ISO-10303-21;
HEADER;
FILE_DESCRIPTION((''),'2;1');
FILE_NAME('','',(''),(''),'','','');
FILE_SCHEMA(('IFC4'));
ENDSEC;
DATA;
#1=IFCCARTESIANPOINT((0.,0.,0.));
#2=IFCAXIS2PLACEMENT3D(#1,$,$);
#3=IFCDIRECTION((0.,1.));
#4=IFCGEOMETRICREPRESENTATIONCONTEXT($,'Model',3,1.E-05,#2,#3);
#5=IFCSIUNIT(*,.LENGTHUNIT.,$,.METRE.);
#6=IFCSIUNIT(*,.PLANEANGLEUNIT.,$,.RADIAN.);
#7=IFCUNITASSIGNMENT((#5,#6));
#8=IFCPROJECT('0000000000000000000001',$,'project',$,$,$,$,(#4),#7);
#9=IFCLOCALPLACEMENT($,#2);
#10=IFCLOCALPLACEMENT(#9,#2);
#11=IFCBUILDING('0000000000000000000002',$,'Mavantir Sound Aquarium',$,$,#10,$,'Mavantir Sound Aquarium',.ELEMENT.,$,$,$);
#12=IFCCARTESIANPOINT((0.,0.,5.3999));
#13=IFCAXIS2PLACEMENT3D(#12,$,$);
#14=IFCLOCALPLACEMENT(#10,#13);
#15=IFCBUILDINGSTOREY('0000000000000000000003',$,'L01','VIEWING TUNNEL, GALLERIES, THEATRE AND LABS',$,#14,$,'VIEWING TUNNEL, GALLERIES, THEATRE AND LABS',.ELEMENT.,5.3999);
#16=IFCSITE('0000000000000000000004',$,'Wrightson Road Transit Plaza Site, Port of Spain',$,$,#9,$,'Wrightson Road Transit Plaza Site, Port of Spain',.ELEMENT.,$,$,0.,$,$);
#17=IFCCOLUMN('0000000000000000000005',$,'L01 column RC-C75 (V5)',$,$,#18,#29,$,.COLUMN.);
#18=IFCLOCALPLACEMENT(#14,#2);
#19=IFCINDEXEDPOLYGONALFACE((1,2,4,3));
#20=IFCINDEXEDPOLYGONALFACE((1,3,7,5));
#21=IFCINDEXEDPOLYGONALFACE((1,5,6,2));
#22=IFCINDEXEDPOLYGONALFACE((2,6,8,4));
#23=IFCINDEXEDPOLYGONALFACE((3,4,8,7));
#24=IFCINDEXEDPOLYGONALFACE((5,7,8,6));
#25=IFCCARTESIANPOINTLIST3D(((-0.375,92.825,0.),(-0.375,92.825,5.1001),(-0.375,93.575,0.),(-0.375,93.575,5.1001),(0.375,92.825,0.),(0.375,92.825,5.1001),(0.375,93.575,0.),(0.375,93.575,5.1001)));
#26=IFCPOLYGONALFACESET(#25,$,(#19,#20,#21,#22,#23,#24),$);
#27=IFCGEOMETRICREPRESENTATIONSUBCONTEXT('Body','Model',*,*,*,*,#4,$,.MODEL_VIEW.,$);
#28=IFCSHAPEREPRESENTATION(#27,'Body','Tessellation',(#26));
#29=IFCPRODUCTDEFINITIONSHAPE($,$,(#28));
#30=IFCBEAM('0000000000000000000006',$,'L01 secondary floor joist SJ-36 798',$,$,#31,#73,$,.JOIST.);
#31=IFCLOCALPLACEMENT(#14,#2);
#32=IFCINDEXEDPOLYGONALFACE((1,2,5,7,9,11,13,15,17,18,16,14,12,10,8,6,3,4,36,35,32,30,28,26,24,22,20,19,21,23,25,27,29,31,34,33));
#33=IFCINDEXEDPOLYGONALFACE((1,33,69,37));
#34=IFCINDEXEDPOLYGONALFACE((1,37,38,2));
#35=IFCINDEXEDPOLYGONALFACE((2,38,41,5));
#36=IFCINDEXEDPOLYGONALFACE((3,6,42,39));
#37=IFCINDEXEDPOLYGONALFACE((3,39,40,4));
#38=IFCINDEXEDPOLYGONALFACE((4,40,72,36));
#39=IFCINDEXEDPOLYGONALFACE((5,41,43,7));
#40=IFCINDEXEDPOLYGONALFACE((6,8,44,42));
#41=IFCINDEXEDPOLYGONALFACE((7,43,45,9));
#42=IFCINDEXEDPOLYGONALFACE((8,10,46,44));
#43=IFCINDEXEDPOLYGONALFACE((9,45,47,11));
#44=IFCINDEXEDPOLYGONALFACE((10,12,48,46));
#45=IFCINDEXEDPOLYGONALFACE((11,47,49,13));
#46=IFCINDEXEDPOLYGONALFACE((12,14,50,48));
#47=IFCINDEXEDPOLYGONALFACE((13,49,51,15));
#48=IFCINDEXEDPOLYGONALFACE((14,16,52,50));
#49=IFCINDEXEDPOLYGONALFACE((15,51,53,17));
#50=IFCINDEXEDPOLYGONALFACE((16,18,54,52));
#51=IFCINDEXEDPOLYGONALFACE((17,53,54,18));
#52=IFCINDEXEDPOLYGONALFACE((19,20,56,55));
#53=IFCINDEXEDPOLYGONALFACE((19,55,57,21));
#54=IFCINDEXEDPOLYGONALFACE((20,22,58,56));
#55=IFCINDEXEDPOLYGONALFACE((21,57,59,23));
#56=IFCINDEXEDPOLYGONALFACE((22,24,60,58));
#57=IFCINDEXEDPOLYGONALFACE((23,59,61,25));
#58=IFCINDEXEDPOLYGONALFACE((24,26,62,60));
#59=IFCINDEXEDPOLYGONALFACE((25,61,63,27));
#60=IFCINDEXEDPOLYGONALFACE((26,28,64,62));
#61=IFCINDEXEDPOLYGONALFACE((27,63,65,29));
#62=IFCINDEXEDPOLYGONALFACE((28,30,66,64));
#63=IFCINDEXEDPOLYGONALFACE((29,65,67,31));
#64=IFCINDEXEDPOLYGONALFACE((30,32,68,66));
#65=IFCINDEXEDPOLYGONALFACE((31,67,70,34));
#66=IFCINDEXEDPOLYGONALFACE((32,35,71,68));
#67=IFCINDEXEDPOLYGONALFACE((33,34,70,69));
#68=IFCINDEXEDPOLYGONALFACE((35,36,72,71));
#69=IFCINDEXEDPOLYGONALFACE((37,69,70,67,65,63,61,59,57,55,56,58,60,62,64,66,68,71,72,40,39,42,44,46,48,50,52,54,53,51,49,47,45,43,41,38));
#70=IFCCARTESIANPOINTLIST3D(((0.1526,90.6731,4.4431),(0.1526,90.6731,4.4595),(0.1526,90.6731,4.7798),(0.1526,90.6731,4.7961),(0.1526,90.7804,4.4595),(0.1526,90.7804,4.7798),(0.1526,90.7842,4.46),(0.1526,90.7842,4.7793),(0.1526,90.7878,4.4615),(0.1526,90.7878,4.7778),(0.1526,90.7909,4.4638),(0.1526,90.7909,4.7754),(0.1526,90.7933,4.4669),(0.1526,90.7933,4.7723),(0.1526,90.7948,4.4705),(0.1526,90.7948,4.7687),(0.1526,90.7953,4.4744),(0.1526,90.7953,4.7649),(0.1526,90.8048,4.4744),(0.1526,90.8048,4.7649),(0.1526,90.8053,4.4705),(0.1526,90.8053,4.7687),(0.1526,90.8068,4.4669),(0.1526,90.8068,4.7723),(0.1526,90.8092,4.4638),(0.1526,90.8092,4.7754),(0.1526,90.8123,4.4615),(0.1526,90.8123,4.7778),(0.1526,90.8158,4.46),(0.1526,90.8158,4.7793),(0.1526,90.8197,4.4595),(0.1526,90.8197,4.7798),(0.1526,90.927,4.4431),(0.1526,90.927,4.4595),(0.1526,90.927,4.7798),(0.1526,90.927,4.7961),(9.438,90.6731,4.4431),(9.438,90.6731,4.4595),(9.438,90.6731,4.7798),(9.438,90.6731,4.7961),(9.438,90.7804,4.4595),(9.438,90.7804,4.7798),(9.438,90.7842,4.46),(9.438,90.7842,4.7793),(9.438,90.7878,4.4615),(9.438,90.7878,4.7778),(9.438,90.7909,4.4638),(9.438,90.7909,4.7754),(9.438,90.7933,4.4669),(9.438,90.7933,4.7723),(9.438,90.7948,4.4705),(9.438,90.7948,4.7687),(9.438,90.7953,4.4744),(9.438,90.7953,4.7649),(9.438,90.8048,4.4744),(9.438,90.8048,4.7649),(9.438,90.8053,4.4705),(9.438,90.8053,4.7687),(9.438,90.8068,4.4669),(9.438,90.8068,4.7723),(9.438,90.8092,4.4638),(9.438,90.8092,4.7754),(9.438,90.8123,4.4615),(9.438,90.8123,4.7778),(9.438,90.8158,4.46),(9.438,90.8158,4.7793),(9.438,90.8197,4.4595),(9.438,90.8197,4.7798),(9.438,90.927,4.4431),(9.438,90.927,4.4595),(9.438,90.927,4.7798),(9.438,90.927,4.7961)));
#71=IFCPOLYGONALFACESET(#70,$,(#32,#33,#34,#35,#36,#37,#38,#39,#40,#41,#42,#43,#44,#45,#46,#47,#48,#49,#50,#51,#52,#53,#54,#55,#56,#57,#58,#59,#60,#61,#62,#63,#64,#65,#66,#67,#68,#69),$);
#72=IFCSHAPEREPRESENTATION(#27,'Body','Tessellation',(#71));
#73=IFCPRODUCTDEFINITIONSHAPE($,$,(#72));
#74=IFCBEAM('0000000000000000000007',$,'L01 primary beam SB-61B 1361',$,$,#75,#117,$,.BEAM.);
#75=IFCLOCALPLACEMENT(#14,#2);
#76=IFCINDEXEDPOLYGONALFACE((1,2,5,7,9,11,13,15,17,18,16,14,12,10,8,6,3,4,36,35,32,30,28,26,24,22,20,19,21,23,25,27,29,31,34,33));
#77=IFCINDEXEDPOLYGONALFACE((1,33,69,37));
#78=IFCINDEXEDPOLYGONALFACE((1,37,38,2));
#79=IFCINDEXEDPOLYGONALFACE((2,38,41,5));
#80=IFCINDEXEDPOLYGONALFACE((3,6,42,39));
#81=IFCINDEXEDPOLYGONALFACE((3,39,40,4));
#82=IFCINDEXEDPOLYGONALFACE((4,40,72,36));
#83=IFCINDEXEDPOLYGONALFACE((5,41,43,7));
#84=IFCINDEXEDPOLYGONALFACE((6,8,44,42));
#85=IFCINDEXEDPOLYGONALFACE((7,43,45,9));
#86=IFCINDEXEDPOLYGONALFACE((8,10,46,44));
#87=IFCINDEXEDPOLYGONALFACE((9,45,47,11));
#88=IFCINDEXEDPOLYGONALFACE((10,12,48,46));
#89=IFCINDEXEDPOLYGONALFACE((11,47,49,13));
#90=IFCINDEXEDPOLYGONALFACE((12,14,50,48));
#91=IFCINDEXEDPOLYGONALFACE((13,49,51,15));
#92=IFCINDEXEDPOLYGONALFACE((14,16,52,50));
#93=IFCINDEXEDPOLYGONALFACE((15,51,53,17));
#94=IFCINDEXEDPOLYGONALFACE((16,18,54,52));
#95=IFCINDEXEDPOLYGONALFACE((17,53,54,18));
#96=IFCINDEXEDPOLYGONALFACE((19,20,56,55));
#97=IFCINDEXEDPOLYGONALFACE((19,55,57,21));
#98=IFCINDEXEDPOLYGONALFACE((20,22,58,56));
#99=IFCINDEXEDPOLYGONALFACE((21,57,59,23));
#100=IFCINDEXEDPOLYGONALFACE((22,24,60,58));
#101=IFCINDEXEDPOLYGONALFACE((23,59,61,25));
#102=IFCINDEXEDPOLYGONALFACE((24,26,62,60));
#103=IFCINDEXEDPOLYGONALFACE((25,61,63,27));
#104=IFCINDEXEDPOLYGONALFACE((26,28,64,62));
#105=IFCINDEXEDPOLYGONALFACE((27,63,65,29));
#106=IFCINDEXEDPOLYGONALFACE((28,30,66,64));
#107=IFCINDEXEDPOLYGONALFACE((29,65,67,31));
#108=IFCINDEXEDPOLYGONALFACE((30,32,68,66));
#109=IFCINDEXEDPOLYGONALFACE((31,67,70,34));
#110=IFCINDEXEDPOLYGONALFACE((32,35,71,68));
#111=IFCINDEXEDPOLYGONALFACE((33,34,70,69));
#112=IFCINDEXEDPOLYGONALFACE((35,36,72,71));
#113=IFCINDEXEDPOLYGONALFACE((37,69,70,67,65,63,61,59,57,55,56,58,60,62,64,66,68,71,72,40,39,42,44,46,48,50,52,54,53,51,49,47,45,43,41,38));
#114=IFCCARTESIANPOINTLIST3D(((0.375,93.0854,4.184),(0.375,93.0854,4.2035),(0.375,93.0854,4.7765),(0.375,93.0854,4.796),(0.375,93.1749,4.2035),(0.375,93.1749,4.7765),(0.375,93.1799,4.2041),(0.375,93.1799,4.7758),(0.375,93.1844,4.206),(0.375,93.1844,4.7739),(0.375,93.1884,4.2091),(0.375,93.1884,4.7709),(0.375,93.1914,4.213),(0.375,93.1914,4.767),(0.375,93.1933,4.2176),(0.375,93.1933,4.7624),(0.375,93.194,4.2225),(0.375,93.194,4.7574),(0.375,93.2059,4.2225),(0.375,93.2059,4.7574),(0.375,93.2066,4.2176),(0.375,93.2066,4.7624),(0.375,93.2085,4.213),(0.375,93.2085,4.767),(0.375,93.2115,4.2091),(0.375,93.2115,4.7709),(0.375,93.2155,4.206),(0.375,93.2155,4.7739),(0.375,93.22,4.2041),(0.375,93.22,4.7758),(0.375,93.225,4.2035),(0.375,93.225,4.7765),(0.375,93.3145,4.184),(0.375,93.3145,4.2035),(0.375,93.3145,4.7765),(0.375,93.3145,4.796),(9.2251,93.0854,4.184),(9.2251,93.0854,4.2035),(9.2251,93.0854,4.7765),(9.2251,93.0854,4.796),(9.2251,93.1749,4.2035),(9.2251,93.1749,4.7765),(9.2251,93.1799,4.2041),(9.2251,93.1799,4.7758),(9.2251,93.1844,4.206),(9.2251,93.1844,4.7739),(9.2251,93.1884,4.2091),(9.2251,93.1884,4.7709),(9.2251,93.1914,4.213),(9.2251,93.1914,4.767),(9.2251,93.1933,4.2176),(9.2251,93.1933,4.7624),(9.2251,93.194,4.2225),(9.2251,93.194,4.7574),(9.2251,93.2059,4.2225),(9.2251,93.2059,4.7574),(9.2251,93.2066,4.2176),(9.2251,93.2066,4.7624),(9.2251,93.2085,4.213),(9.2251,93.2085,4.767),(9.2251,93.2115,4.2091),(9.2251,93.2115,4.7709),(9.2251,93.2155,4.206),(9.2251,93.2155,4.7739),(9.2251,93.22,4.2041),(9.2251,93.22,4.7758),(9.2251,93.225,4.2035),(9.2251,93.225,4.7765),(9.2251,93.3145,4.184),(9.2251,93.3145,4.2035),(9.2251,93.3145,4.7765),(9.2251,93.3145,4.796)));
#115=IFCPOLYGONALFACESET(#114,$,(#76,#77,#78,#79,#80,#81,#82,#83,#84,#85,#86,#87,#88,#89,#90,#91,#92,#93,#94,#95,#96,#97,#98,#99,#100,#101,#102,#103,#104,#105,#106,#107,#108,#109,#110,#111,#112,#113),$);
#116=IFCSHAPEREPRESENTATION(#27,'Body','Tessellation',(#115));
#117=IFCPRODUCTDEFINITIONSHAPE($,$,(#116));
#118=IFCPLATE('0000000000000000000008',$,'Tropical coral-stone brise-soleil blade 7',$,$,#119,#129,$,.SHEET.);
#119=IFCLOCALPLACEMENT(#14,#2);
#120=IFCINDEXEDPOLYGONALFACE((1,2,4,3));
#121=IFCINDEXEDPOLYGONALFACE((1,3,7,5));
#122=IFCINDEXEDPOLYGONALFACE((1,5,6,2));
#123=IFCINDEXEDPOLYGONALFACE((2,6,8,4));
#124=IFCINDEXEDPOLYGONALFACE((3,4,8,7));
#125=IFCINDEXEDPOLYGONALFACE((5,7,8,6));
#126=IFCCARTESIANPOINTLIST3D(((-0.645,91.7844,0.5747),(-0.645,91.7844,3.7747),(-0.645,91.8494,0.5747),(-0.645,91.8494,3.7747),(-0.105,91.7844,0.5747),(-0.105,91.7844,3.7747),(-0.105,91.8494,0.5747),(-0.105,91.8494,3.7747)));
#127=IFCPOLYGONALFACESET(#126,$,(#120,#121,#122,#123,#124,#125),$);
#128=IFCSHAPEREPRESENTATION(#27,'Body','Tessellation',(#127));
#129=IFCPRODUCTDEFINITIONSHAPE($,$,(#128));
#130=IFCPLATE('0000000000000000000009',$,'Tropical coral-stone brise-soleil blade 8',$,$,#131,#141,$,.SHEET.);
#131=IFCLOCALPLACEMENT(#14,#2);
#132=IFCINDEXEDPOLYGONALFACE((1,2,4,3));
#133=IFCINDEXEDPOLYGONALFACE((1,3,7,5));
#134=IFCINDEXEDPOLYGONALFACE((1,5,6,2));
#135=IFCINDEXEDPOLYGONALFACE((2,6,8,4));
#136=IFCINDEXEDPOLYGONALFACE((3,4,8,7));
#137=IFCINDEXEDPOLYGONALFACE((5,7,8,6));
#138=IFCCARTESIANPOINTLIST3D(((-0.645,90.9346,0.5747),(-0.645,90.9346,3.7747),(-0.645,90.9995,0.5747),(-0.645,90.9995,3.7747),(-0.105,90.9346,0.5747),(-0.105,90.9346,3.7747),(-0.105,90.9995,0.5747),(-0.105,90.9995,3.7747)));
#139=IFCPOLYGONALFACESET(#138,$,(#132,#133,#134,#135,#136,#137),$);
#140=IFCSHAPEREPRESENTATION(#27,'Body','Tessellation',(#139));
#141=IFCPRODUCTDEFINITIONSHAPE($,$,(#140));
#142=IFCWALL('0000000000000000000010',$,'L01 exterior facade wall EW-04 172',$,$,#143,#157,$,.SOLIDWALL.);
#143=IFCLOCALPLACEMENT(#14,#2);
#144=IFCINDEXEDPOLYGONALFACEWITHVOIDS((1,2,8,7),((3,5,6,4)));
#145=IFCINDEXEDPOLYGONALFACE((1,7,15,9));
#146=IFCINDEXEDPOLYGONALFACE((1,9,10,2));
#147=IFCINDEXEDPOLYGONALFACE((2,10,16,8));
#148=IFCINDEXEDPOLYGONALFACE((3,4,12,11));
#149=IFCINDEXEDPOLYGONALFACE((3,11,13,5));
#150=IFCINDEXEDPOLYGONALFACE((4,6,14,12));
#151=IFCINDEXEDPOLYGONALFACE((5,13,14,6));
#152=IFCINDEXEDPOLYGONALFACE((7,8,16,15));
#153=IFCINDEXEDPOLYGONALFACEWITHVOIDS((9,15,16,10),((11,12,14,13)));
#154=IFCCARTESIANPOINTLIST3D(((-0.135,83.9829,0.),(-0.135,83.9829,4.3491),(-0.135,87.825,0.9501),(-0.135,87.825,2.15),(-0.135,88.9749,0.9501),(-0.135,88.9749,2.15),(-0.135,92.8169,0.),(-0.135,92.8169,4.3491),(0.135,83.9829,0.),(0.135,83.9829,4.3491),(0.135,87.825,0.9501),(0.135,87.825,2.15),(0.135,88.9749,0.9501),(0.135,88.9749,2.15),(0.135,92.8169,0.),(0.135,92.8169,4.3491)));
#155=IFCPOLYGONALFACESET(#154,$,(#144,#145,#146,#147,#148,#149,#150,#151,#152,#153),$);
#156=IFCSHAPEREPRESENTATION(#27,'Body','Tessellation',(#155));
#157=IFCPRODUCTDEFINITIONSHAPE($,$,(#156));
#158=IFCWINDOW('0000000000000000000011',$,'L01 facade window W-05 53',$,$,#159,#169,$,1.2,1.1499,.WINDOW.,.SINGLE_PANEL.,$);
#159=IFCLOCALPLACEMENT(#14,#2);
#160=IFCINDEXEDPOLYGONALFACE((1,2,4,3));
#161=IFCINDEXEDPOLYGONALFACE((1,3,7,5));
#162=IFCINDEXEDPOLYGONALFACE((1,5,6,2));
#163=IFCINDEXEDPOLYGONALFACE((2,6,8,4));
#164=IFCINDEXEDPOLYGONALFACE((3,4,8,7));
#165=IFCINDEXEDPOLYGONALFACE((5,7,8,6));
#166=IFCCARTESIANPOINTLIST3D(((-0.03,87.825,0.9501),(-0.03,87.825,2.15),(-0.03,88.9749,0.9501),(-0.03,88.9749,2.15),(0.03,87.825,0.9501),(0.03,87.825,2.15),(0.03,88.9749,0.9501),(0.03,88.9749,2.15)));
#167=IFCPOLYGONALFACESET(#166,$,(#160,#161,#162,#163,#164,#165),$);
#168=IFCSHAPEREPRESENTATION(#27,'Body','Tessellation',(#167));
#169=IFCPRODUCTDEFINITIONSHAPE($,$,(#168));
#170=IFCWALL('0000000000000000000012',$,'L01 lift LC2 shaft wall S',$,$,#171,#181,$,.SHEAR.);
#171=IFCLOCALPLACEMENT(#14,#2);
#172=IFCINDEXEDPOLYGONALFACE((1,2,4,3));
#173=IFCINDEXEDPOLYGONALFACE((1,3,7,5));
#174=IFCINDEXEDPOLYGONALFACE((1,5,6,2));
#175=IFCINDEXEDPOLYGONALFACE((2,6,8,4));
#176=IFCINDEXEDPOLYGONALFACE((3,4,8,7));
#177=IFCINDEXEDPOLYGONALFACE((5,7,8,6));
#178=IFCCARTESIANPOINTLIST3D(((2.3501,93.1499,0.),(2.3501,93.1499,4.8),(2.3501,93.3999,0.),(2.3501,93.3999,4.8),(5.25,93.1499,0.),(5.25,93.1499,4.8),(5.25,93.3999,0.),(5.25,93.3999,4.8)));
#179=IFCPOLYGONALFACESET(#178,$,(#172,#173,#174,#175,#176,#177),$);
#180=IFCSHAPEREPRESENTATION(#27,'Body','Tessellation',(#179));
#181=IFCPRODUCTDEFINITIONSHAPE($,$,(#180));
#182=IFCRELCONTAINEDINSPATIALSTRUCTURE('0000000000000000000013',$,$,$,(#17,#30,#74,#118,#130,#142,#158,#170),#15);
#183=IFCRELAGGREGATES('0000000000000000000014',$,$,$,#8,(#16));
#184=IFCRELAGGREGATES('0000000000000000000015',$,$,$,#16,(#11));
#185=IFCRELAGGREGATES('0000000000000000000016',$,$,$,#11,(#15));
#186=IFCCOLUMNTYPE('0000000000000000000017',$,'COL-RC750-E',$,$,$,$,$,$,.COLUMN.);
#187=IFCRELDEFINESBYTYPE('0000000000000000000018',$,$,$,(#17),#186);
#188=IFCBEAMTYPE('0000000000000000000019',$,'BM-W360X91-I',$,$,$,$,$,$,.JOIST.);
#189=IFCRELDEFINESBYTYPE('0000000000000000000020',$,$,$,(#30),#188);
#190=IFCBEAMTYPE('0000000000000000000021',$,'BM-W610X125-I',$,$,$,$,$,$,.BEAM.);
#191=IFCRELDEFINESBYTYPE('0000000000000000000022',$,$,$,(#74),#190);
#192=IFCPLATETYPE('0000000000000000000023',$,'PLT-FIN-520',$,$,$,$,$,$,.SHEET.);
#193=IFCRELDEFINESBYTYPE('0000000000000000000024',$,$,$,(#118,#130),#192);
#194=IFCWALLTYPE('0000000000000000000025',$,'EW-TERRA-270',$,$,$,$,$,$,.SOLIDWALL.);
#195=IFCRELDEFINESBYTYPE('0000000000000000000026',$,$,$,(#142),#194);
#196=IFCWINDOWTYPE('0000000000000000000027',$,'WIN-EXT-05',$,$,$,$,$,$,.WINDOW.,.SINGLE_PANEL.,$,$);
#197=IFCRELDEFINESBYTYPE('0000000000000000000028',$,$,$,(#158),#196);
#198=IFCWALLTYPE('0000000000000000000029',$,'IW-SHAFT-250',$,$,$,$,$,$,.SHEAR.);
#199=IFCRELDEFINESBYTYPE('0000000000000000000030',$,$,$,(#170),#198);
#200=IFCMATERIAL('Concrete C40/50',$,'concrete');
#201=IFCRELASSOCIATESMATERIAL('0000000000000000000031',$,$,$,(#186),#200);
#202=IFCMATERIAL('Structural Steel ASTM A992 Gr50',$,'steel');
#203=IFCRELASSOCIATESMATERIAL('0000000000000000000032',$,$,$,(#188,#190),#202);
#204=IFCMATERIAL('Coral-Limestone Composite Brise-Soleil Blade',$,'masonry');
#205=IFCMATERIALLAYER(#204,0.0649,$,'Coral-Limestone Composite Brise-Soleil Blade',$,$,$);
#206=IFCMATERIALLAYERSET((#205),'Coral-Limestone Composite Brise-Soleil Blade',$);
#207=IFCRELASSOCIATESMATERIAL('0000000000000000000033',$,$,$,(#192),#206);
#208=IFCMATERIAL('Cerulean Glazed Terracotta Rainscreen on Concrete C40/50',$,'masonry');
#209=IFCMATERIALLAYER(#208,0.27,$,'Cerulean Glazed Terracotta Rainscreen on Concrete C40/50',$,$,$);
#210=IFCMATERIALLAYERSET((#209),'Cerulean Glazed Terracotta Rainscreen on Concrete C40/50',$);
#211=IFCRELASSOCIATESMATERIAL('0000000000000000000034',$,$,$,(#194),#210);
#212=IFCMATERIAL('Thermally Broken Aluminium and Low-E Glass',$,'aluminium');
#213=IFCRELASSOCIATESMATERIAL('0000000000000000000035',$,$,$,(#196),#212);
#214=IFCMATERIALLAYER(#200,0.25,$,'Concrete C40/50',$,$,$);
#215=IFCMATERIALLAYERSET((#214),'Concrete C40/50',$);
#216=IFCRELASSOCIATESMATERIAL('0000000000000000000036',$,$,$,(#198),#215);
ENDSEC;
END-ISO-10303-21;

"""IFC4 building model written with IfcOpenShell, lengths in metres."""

from ifc_helpers import new_model, si_unit, direction, frame, frame_2d, origin, origin_2d, place, context, subcontext, project, spatial, rectangle, i_section, extrude, material, layer, layer_set, material_profile, profile_set, type_object, element, fill, save


model = new_model("IFC4")

# Units and contexts
model_context = context("Model", 3, precision=1e-05, world=origin(), true_north=direction((0.0, 1.0)))
body_context = subcontext(model_context, "Body", "Model", "MODEL_VIEW")
ifc_project = project(units=[si_unit("LENGTHUNIT", "METRE"), si_unit("PLANEANGLEUNIT", "RADIAN")], contexts=[model_context])

# Site, building, storey
site_placement = place(None, origin())
site = spatial("IfcSite", under=ifc_project, at=site_placement, Name="Wrightson Road Transit Plaza Site, Port of Spain", LongName="Wrightson Road Transit Plaza Site, Port of Spain", CompositionType="ELEMENT", RefElevation=0.0)
building_placement = place(site_placement, origin())
building = spatial("IfcBuilding", under=site, at=building_placement, Name="Mavantir Sound Aquarium", LongName="Mavantir Sound Aquarium", CompositionType="ELEMENT")
storey_placement = place(building_placement, frame((0.0, 0.0, 5.3999)))
storey = spatial("IfcBuildingStorey", under=building, at=storey_placement, Name="L01", Description="VIEWING TUNNEL, GALLERIES, THEATRE AND LABS", LongName="VIEWING TUNNEL, GALLERIES, THEATRE AND LABS", CompositionType="ELEMENT", Elevation=5.3999)

# Column
ifc_material_1 = material(Name="Concrete C40/50", Category="concrete")
ifc_material_profile_1 = material_profile(ifc_material_1, rectangle(XDim=0.75, YDim=0.75, at=origin_2d()), Name="RC 750X750")
ifc_profile_set_1 = profile_set([ifc_material_profile_1], Name="Concrete C40/50")
column_type = type_object("IfcColumnType", Name="COL-RC750-E", PredefinedType="COLUMN", material=ifc_profile_set_1)
column_placement = place(storey_placement, frame((0.0, 93.2, 0.0), z_axis=(0.0, 0.0, 1.0), x_axis=(1.0, 0.0, 0.0)))
element("IfcColumn", 1, at=column_placement, inside=storey, type_object=column_type, Name="L01 column RC-C75 (V5)", PredefinedType="COLUMN", context=body_context, shape_type="SweptSolid", body=[
    extrude(rectangle(XDim=0.75, YDim=0.75, at=origin_2d()), origin(), (0.0, 0.0, 1.0), 5.1001),
])

# Beams
ifc_material_2 = material(Name="Structural Steel ASTM A992 Gr50", Category="steel")
ifc_material_profile_2 = material_profile(ifc_material_2, i_section(OverallWidth=0.2539, OverallDepth=0.353, WebThickness=0.0095, FlangeThickness=0.0164, FilletRadius=0.0149, at=origin_2d()), Name="W360X91")
ifc_profile_set_2 = profile_set([ifc_material_profile_2], Name="Structural Steel ASTM A992 Gr50")
beam_type_1 = type_object("IfcBeamType", Name="BM-W360X91-I", PredefinedType="JOIST", material=ifc_profile_set_2)
beam_1_placement = place(storey_placement, frame((0.1526, 90.8, 4.6196), z_axis=(1.0, 0.0, 0.0), x_axis=(0.0, 1.0, 0.0)))
element("IfcBeam", 2, at=beam_1_placement, inside=storey, type_object=beam_type_1, Name="L01 secondary floor joist SJ-36 798", PredefinedType="JOIST", context=body_context, shape_type="SweptSolid", body=[
    extrude(i_section(OverallWidth=0.2539, OverallDepth=0.353, WebThickness=0.0095, FlangeThickness=0.0164, FilletRadius=0.0149, at=origin_2d()), origin(), (0.0, 0.0, 1.0), 9.2854),
])
ifc_material_profile_3 = material_profile(ifc_material_2, i_section(OverallWidth=0.229, OverallDepth=0.6121, WebThickness=0.012, FlangeThickness=0.0195, FilletRadius=0.019, at=origin_2d()), Name="W610X125")
ifc_profile_set_3 = profile_set([ifc_material_profile_3], Name="Structural Steel ASTM A992 Gr50")
beam_type_2 = type_object("IfcBeamType", Name="BM-W610X125-I", PredefinedType="BEAM", material=ifc_profile_set_3)
beam_2_placement = place(storey_placement, frame((0.375, 93.2, 4.49), z_axis=(1.0, 0.0, 0.0), x_axis=(0.0, 1.0, 0.0)))
element("IfcBeam", 3, at=beam_2_placement, inside=storey, type_object=beam_type_2, Name="L01 primary beam SB-61B 1361", PredefinedType="BEAM", context=body_context, shape_type="SweptSolid", body=[
    extrude(i_section(OverallWidth=0.229, OverallDepth=0.6121, WebThickness=0.012, FlangeThickness=0.0195, FilletRadius=0.019, at=origin_2d()), origin(), (0.0, 0.0, 1.0), 8.8501),
])

# Plates
ifc_material_3 = material(Name="Coral-Limestone Composite Brise-Soleil Blade", Category="masonry")
ifc_layer_1 = layer(ifc_material_3, 0.0649, Name="Coral-Limestone Composite Brise-Soleil Blade")
ifc_layer_set_1 = layer_set([ifc_layer_1], Name="Coral-Limestone Composite Brise-Soleil Blade")
plate_type = type_object("IfcPlateType", Name="PLT-FIN-520", PredefinedType="SHEET", material=ifc_layer_set_1)
for number, where, z_axis, x_axis, name in (
    (4, (-0.375, 91.8169, 0.5747), (0.0, 0.0, 1.0), (0.0, 1.0, 0.0), "Tropical coral-stone brise-soleil blade 7"),
    (5, (-0.375, 90.967, 0.5747), (0.0, 0.0, 1.0), (0.0, 1.0, 0.0), "Tropical coral-stone brise-soleil blade 8"),
):
    element("IfcPlate", number, at=place(storey_placement, frame(where, z_axis=z_axis, x_axis=x_axis)), inside=storey, type_object=plate_type, Name=name, PredefinedType="SHEET", context=body_context, shape_type="SweptSolid", body=[
        extrude(rectangle(XDim=0.0649, YDim=0.54, at=origin_2d()), origin(), (0.0, 0.0, 1.0), 3.2),
    ])

# Wall, opening, window
ifc_material_4 = material(Name="Cerulean Glazed Terracotta Rainscreen on Concrete C40/50", Category="masonry")
ifc_layer_2 = layer(ifc_material_4, 0.27, Name="Cerulean Glazed Terracotta Rainscreen on Concrete C40/50")
ifc_layer_set_2 = layer_set([ifc_layer_2], Name="Cerulean Glazed Terracotta Rainscreen on Concrete C40/50")
wall_type_1 = type_object("IfcWallType", Name="EW-TERRA-270", PredefinedType="SOLIDWALL", material=ifc_layer_set_2)
wall_1_placement = place(storey_placement, frame((0.0, 92.8169, 0.0), z_axis=(0.0, 0.0, 1.0), x_axis=(0.0, -1.0, 0.0)))
wall_1 = element("IfcWall", 6, at=wall_1_placement, inside=storey, type_object=wall_type_1, Name="L01 exterior facade wall EW-04 172", PredefinedType="SOLIDWALL", context=body_context, shape_type="SweptSolid", body=[
    extrude(rectangle(XDim=8.834, YDim=0.27, at=frame_2d((4.417, 0.0))), origin(), (0.0, 0.0, 1.0), 4.3491),
])
opening_placement = place(wall_1_placement, frame((3.842, 0.0, 0.95)))
opening = element("IfcOpeningElement", 7, at=opening_placement, cuts=wall_1, PredefinedType="OPENING", context=body_context, shape_type="SweptSolid", body=[
    extrude(rectangle(XDim=1.1499, YDim=1.2, at=frame_2d((0.575, 0.6001))), frame((0.0, 0.145, 0.0), z_axis=(0.0, -1.0, 0.0), x_axis=(1.0, 0.0, 0.0)), (0.0, 0.0, 1.0), 0.29),
])
ifc_material_5 = material(Name="Thermally Broken Aluminium and Low-E Glass", Category="aluminium")
window_type = type_object("IfcWindowType", Name="WIN-EXT-05", PartitioningType="SINGLE_PANEL", PredefinedType="WINDOW", material=ifc_material_5)
window_placement = place(opening_placement, origin())
window = element("IfcWindow", 8, at=window_placement, inside=storey, type_object=window_type, Name="L01 facade window W-05 53", OverallHeight=1.2, OverallWidth=1.1499, PartitioningType="SINGLE_PANEL", PredefinedType="WINDOW", context=body_context, shape_type="SweptSolid", body=[
    extrude(rectangle(XDim=1.1499, YDim=1.2, at=frame_2d((0.575, 0.6001))), frame((0.0, 0.03, 0.0), z_axis=(0.0, -1.0, 0.0), x_axis=(1.0, 0.0, 0.0)), (0.0, 0.0, 1.0), 0.0601),
])
fill(opening, window)

# Wall
ifc_layer_3 = layer(ifc_material_1, 0.25, Name="Concrete C40/50")
ifc_layer_set_3 = layer_set([ifc_layer_3], Name="Concrete C40/50")
wall_type_2 = type_object("IfcWallType", Name="IW-SHAFT-250", PredefinedType="SHEAR", material=ifc_layer_set_3)
wall_2_placement = place(storey_placement, frame((2.3501, 93.2749, 0.0), z_axis=(0.0, 0.0, 1.0), x_axis=(1.0, 0.0, 0.0)))
element("IfcWall", 9, at=wall_2_placement, inside=storey, type_object=wall_type_2, Name="L01 lift LC2 shaft wall S", PredefinedType="SHEAR", context=body_context, shape_type="SweptSolid", body=[
    extrude(rectangle(XDim=2.8999, YDim=0.25, at=frame_2d((1.45, 0.0))), origin(), (0.0, 0.0, 1.0), 4.8),
])

save(model, "model.ifc")
